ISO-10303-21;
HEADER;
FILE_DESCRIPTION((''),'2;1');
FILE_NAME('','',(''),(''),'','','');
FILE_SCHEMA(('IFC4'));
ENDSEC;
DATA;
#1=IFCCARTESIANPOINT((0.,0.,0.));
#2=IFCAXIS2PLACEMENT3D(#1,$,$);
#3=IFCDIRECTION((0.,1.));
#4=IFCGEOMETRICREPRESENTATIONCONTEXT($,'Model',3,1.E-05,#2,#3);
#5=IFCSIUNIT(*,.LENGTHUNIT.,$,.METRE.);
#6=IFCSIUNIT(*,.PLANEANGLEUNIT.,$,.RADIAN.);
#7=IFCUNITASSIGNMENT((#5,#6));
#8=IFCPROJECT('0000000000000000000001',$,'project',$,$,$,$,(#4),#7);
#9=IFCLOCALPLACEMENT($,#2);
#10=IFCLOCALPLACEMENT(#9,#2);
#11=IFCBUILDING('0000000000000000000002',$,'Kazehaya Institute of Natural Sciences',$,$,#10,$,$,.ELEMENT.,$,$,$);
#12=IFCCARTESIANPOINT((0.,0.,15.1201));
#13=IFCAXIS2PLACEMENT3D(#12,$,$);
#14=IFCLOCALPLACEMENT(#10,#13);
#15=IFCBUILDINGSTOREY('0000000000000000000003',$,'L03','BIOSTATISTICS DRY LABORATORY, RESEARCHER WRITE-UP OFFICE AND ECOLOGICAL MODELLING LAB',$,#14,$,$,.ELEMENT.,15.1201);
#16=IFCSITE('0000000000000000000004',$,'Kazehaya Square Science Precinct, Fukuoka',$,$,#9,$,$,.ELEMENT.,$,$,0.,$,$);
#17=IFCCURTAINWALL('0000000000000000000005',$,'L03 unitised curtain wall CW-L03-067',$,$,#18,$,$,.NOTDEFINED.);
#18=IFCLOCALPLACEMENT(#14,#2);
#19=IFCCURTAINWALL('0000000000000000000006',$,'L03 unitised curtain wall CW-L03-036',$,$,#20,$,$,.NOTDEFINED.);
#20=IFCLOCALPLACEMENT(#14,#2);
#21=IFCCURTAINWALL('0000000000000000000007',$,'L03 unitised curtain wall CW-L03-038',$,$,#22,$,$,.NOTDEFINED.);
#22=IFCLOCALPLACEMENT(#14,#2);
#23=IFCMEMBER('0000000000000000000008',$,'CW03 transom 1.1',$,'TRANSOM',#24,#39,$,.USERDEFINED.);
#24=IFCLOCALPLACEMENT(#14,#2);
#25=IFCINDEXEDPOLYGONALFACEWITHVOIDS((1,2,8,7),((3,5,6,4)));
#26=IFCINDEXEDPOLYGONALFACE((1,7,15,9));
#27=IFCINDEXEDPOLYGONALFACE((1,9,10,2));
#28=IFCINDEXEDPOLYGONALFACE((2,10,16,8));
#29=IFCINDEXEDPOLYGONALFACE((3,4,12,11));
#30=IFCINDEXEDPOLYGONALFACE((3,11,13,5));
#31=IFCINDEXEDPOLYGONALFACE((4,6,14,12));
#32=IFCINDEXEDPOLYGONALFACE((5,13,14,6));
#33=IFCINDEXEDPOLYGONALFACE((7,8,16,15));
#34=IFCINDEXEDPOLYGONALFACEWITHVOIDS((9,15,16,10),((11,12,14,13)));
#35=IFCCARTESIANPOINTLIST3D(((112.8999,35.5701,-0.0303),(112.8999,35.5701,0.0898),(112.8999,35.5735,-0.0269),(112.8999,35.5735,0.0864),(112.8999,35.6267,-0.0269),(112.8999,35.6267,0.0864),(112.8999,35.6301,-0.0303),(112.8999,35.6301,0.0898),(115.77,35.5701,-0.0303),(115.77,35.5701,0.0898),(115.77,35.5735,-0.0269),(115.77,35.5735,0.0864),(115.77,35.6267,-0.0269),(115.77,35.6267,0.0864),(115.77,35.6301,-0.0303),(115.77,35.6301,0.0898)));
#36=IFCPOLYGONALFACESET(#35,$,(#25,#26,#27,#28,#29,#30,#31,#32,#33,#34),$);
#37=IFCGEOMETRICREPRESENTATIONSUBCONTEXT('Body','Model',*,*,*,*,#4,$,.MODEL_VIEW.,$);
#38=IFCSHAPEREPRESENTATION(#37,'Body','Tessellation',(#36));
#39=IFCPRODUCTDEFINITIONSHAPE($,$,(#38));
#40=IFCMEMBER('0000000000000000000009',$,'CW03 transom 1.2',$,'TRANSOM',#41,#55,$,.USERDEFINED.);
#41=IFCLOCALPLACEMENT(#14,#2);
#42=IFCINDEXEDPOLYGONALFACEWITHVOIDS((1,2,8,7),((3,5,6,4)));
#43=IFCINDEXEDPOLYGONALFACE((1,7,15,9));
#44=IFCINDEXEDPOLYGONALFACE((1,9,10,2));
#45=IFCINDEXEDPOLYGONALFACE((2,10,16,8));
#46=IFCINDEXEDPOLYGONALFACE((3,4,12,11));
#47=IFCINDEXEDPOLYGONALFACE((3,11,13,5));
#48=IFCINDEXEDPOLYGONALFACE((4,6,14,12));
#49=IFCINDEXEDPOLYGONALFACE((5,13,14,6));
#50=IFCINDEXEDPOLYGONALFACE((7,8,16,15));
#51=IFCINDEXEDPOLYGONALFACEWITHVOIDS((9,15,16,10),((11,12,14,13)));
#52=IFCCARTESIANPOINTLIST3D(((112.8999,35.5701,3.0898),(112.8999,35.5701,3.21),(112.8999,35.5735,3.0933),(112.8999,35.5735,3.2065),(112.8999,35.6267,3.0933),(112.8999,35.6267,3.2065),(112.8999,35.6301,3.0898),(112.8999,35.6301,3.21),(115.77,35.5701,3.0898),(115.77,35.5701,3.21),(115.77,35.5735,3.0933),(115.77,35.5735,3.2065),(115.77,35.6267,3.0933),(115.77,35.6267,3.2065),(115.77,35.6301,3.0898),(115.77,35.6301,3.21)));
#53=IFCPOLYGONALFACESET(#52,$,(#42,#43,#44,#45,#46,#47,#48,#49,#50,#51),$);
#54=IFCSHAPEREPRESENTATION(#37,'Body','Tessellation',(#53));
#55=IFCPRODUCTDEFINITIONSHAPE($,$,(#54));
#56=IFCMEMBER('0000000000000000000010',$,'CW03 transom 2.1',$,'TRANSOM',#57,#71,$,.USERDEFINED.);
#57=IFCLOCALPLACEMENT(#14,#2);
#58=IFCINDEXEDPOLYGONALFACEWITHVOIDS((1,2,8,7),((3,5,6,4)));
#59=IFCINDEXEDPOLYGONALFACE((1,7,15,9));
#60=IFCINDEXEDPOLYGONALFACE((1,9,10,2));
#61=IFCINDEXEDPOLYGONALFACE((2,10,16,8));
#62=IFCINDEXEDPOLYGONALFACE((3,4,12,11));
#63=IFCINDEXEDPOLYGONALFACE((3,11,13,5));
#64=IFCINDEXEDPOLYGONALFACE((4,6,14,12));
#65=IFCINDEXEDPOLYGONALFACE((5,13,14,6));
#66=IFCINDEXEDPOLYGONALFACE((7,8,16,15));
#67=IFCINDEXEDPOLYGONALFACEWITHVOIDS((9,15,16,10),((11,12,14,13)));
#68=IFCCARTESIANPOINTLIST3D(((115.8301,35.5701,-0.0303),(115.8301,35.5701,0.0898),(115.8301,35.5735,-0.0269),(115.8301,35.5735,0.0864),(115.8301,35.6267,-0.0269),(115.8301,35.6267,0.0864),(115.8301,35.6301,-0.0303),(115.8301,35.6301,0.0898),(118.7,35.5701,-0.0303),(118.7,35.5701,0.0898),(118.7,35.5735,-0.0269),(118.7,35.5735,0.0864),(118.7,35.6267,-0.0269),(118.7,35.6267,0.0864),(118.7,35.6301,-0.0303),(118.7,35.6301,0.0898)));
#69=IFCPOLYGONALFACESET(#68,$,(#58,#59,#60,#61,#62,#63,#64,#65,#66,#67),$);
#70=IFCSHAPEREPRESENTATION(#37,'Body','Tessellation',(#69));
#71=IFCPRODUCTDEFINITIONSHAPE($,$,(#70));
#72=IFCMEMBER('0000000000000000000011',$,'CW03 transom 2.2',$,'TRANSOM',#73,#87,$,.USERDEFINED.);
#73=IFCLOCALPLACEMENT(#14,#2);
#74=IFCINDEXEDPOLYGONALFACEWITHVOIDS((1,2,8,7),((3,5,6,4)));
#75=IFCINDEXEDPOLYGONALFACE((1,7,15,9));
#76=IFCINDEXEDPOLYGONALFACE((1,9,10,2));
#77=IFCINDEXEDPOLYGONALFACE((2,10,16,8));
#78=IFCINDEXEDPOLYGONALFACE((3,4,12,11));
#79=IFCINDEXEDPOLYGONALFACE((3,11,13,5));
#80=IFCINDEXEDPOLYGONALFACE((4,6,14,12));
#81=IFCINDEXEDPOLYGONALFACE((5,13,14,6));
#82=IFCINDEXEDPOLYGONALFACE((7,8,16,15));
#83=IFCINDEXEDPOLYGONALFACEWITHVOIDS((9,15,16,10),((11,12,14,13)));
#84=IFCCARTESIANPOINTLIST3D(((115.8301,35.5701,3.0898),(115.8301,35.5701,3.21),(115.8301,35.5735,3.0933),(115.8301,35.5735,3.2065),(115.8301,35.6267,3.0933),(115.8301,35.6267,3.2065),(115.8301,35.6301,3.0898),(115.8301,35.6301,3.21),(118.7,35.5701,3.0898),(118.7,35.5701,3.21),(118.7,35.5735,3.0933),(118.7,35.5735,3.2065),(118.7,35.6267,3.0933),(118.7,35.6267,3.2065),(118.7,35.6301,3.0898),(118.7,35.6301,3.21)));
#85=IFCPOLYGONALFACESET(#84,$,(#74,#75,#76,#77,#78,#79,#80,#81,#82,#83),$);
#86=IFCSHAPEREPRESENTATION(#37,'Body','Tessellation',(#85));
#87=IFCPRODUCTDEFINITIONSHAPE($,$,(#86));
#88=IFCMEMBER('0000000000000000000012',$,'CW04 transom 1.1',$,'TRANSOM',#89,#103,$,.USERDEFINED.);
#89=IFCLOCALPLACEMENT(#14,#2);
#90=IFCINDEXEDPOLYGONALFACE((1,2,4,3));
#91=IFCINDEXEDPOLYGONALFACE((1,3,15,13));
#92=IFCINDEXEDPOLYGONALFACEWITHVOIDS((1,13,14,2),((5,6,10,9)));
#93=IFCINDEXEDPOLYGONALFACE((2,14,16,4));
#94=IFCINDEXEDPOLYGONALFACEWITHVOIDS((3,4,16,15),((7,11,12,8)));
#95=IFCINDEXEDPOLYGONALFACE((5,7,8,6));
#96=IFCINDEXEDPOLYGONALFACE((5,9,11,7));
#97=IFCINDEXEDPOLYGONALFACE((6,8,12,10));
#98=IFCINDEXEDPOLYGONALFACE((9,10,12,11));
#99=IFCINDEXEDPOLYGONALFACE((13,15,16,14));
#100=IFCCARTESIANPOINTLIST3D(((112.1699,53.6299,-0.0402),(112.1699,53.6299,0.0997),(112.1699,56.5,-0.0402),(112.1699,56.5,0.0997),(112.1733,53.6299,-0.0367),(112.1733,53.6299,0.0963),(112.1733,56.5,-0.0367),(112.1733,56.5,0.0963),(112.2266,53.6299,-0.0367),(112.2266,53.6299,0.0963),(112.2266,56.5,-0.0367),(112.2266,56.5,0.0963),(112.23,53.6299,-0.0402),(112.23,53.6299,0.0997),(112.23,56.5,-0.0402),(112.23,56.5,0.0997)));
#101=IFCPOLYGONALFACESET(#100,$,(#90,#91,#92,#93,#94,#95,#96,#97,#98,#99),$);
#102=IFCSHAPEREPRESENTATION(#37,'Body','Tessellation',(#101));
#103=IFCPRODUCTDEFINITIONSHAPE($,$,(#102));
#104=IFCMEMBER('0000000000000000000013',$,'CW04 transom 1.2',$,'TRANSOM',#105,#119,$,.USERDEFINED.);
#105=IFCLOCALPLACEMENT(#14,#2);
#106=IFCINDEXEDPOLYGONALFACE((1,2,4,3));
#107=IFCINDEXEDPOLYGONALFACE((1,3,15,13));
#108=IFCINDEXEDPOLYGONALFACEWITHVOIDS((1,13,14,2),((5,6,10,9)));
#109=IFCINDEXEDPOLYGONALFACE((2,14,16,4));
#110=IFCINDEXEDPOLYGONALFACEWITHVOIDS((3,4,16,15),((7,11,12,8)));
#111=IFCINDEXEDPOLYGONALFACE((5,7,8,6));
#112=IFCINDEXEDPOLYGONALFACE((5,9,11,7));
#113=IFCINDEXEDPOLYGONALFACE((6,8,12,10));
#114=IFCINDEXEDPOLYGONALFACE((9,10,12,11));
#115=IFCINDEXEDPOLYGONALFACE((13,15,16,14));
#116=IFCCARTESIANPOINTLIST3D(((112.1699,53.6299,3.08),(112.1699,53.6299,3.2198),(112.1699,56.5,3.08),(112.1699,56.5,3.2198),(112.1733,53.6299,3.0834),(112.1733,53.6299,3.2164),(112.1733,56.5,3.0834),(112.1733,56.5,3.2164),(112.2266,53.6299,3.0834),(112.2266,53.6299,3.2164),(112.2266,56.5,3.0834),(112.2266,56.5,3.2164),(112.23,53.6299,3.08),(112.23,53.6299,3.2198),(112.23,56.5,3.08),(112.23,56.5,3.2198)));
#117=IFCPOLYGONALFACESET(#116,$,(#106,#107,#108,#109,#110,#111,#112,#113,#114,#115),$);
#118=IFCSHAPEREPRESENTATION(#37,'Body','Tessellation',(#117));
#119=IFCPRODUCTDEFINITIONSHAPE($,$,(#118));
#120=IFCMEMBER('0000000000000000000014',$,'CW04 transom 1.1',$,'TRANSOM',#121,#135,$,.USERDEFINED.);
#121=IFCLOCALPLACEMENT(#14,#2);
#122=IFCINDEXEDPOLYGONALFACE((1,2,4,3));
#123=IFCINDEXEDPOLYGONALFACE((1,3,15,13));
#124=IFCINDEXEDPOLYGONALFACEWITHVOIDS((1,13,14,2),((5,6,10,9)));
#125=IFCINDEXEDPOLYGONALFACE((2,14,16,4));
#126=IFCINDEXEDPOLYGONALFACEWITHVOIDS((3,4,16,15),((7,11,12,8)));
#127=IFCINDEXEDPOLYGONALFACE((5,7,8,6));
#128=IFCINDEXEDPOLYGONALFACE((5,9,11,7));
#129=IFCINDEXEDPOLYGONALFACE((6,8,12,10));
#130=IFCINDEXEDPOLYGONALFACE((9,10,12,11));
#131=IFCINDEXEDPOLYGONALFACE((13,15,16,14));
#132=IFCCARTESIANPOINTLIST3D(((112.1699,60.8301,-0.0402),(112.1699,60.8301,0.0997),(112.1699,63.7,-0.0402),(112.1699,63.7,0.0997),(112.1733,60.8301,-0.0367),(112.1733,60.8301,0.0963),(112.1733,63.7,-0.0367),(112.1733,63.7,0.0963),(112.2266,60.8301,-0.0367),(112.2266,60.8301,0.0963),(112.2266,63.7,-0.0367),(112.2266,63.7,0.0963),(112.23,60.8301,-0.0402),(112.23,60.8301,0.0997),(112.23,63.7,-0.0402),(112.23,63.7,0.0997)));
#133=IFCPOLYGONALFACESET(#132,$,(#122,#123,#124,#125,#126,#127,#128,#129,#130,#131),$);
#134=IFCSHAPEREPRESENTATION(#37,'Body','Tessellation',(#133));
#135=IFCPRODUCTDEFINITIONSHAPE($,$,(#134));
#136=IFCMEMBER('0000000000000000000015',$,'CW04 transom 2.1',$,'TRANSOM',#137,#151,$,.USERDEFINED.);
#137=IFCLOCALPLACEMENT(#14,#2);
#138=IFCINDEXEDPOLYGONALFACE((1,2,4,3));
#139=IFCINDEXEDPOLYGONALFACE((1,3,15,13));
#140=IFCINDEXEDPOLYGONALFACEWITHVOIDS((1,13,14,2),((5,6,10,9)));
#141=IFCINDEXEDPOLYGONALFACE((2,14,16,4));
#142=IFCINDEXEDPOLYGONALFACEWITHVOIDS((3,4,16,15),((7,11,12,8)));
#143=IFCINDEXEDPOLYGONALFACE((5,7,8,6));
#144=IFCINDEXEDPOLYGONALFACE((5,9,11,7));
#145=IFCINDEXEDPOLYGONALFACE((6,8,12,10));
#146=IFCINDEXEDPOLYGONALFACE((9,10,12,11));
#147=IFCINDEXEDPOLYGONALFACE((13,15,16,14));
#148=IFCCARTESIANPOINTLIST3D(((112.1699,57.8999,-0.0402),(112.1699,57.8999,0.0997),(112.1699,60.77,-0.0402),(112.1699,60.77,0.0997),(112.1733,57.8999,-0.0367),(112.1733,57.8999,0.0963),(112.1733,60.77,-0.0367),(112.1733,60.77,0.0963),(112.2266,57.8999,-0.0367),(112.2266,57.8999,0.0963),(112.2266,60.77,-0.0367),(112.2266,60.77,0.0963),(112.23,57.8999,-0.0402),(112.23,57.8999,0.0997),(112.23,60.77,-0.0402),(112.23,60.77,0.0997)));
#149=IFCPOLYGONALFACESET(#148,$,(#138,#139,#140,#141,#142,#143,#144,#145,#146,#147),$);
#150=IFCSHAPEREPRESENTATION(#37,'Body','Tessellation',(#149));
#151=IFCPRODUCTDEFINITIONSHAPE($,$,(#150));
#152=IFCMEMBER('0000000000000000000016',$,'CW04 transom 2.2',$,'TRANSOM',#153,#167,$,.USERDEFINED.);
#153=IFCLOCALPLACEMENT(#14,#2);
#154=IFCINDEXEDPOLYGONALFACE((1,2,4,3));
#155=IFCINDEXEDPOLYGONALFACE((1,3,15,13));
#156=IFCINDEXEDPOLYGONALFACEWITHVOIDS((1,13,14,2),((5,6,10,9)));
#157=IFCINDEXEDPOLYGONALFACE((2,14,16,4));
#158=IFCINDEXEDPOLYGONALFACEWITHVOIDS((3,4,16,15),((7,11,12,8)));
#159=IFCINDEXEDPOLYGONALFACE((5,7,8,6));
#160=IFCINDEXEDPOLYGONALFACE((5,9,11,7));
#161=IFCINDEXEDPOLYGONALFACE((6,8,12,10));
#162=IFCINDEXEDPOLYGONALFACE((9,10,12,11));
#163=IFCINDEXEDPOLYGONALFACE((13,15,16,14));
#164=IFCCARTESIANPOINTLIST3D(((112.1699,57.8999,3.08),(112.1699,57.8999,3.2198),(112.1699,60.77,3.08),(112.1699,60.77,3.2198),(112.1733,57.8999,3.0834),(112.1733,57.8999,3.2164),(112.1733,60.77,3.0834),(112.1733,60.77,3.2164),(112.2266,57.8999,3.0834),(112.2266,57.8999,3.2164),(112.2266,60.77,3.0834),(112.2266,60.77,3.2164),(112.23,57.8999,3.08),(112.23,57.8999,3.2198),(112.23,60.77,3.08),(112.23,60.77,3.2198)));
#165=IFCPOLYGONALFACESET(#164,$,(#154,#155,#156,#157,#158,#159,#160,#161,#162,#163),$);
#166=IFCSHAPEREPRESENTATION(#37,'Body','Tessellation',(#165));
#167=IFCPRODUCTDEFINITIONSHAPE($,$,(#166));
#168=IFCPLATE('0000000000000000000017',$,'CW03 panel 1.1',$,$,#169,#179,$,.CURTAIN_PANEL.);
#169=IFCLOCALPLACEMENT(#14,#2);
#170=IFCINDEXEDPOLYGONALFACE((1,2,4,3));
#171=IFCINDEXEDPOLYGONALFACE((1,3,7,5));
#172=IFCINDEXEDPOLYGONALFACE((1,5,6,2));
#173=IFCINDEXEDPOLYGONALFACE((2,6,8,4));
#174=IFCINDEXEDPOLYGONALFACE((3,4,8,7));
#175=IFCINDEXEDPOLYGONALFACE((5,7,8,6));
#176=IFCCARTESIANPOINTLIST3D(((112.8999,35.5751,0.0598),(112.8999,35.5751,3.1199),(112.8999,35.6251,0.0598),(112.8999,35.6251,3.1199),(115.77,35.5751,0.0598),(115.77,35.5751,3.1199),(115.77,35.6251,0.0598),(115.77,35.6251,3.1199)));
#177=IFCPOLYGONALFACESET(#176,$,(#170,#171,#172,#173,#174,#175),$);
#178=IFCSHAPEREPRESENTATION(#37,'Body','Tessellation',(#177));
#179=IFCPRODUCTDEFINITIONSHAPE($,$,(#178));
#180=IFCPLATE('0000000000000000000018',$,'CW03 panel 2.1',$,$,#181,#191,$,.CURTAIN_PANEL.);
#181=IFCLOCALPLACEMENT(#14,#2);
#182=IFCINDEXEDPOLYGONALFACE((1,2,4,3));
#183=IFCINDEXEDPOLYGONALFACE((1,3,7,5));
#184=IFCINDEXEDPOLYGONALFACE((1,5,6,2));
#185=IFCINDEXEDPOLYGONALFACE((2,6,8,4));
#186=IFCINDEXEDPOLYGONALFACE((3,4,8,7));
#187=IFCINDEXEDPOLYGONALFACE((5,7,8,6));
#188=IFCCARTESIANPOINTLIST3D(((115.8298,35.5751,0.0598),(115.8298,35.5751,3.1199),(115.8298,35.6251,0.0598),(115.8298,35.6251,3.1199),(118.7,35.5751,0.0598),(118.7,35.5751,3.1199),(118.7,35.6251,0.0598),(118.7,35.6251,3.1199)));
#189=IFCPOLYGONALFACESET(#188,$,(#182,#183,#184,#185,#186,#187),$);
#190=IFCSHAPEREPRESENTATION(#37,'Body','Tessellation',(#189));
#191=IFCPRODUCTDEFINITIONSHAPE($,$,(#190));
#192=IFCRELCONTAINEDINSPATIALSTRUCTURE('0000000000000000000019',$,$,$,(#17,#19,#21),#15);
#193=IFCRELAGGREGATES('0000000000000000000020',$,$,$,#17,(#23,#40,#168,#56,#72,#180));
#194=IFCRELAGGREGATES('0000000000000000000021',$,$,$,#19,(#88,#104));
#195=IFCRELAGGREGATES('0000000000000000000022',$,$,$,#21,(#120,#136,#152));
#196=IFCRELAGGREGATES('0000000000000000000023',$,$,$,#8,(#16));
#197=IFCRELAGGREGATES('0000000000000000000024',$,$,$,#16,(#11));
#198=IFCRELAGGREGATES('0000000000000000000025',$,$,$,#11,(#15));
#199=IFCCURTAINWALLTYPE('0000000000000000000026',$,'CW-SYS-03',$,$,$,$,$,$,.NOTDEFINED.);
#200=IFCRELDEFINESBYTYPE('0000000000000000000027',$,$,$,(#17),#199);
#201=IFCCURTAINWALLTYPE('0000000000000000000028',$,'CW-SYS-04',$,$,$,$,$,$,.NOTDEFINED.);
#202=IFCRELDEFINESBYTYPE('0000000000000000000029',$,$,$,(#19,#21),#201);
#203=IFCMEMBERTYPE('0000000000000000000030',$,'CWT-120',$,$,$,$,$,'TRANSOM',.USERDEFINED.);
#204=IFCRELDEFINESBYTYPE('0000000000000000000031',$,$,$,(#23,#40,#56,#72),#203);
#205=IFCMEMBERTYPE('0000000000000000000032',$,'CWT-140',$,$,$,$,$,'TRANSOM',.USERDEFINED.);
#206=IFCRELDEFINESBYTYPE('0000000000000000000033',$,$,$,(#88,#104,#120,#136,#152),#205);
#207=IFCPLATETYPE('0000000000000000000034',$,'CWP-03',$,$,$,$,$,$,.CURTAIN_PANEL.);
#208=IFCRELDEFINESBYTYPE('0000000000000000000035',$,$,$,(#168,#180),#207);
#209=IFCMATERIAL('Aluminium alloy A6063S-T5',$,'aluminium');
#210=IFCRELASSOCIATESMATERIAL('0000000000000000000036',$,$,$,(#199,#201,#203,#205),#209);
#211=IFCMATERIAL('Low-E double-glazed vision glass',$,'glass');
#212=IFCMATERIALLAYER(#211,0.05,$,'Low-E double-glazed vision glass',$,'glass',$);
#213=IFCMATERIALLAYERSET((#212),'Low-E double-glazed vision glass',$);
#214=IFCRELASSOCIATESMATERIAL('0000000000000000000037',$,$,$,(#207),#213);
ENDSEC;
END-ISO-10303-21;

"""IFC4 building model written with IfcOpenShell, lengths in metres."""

from ifc_helpers import new_model, si_unit, direction, frame, origin, origin_2d, place, context, subcontext, project, spatial, rectangle, hollow_rectangle, extrude, material, layer, layer_set, material_profile, profile_set, type_object, element, aggregate, save


model = new_model("IFC4")

# Units and contexts
model_context = context("Model", 3, precision=1e-05, world=origin(), true_north=direction((0.0, 1.0)))
body_context = subcontext(model_context, "Body", "Model", "MODEL_VIEW")
ifc_project = project(units=[si_unit("LENGTHUNIT", "METRE"), si_unit("PLANEANGLEUNIT", "RADIAN")], contexts=[model_context])

# Site, building, storey
site_placement = place(None, origin())
site = spatial("IfcSite", under=ifc_project, at=site_placement, Name="Kazehaya Square Science Precinct, Fukuoka", CompositionType="ELEMENT", RefElevation=0.0)
building_placement = place(site_placement, origin())
building = spatial("IfcBuilding", under=site, at=building_placement, Name="Kazehaya Institute of Natural Sciences", CompositionType="ELEMENT")
storey_placement = place(building_placement, frame((0.0, 0.0, 15.1201)))
storey = spatial("IfcBuildingStorey", under=building, at=storey_placement, Name="L03", Description="BIOSTATISTICS DRY LABORATORY, RESEARCHER WRITE-UP OFFICE AND ECOLOGICAL MODELLING LAB", CompositionType="ELEMENT", Elevation=15.1201)

# Curtain walls
ifc_material_1 = material(Name="Aluminium alloy A6063S-T5", Category="aluminium")
curtain_wall_type_1 = type_object("IfcCurtainWallType", Name="CW-SYS-03", PredefinedType="NOTDEFINED", material=ifc_material_1)
curtain_wall_1_placement = place(storey_placement, origin())
curtain_wall_1 = element("IfcCurtainWall", 1, at=curtain_wall_1_placement, inside=storey, type_object=curtain_wall_type_1, Name="L03 unitised curtain wall CW-L03-067", PredefinedType="NOTDEFINED")
curtain_wall_type_2 = type_object("IfcCurtainWallType", Name="CW-SYS-04", PredefinedType="NOTDEFINED", material=ifc_material_1)
curtain_wall_2_placement = place(storey_placement, origin())
curtain_wall_2 = element("IfcCurtainWall", 2, at=curtain_wall_2_placement, inside=storey, type_object=curtain_wall_type_2, Name="L03 unitised curtain wall CW-L03-036", PredefinedType="NOTDEFINED")
curtain_wall_3_placement = place(storey_placement, origin())
curtain_wall_3 = element("IfcCurtainWall", 3, at=curtain_wall_3_placement, inside=storey, type_object=curtain_wall_type_2, Name="L03 unitised curtain wall CW-L03-038", PredefinedType="NOTDEFINED")

# Members
ifc_material_profile_1 = material_profile(ifc_material_1, hollow_rectangle(XDim=0.0601, YDim=0.1201, WallThickness=0.0034, at=origin_2d()), Name="ALU-60x120x3.5")
ifc_profile_set_1 = profile_set([ifc_material_profile_1], Name="Aluminium alloy A6063S-T5")
member_type_1 = type_object("IfcMemberType", Name="CWT-120", ElementType="TRANSOM", PredefinedType="USERDEFINED", material=ifc_profile_set_1)
member_1_placement = place(storey_placement, frame((112.8999, 35.6001, 0.0298), z_axis=(1.0, 0.0, 0.0), x_axis=(0.0, 1.0, 0.0)))
member_1 = element("IfcMember", 4, at=member_1_placement, type_object=member_type_1, Name="CW03 transom 1.1", ObjectType="TRANSOM", PredefinedType="USERDEFINED", context=body_context, shape_type="SweptSolid", body=[
    extrude(hollow_rectangle(XDim=0.0601, YDim=0.1201, WallThickness=0.0034, at=origin_2d()), origin(), (0.0, 0.0, 1.0), 2.8701),
])
member_2_placement = place(storey_placement, frame((112.8999, 35.6001, 3.1499), z_axis=(1.0, 0.0, 0.0), x_axis=(0.0, 1.0, 0.0)))
member_2 = element("IfcMember", 5, at=member_2_placement, type_object=member_type_1, Name="CW03 transom 1.2", ObjectType="TRANSOM", PredefinedType="USERDEFINED", context=body_context, shape_type="SweptSolid", body=[
    extrude(hollow_rectangle(XDim=0.0601, YDim=0.1201, WallThickness=0.0034, at=origin_2d()), origin(), (0.0, 0.0, 1.0), 2.8701),
])
member_3_placement = place(storey_placement, frame((115.8301, 35.6001, 0.0298), z_axis=(1.0, 0.0, 0.0), x_axis=(0.0, 1.0, 0.0)))
member_3 = element("IfcMember", 6, at=member_3_placement, type_object=member_type_1, Name="CW03 transom 2.1", ObjectType="TRANSOM", PredefinedType="USERDEFINED", context=body_context, shape_type="SweptSolid", body=[
    extrude(hollow_rectangle(XDim=0.0601, YDim=0.1201, WallThickness=0.0034, at=origin_2d()), origin(), (0.0, 0.0, 1.0), 2.8699),
])
member_4_placement = place(storey_placement, frame((115.8301, 35.6001, 3.1499), z_axis=(1.0, 0.0, 0.0), x_axis=(0.0, 1.0, 0.0)))
member_4 = element("IfcMember", 7, at=member_4_placement, type_object=member_type_1, Name="CW03 transom 2.2", ObjectType="TRANSOM", PredefinedType="USERDEFINED", context=body_context, shape_type="SweptSolid", body=[
    extrude(hollow_rectangle(XDim=0.0601, YDim=0.1201, WallThickness=0.0034, at=origin_2d()), origin(), (0.0, 0.0, 1.0), 2.8699),
])
ifc_material_profile_2 = material_profile(ifc_material_1, hollow_rectangle(XDim=0.0601, YDim=0.1399, WallThickness=0.0034, at=origin_2d()), Name="ALU-60x140x3.5")
ifc_profile_set_2 = profile_set([ifc_material_profile_2], Name="Aluminium alloy A6063S-T5")
member_type_2 = type_object("IfcMemberType", Name="CWT-140", ElementType="TRANSOM", PredefinedType="USERDEFINED", material=ifc_profile_set_2)
member_5_placement = place(storey_placement, frame((112.2, 56.5, 0.0298), z_axis=(0.0, -1.0, 0.0), x_axis=(1.0, 0.0, 0.0)))
member_5 = element("IfcMember", 8, at=member_5_placement, type_object=member_type_2, Name="CW04 transom 1.1", ObjectType="TRANSOM", PredefinedType="USERDEFINED", context=body_context, shape_type="SweptSolid", body=[
    extrude(hollow_rectangle(XDim=0.0601, YDim=0.1399, WallThickness=0.0034, at=origin_2d()), origin(), (0.0, 0.0, 1.0), 2.8701),
])
member_6_placement = place(storey_placement, frame((112.2, 56.5, 3.1499), z_axis=(0.0, -1.0, 0.0), x_axis=(1.0, 0.0, 0.0)))
member_6 = element("IfcMember", 9, at=member_6_placement, type_object=member_type_2, Name="CW04 transom 1.2", ObjectType="TRANSOM", PredefinedType="USERDEFINED", context=body_context, shape_type="SweptSolid", body=[
    extrude(hollow_rectangle(XDim=0.0601, YDim=0.1399, WallThickness=0.0034, at=origin_2d()), origin(), (0.0, 0.0, 1.0), 2.8701),
])
member_7_placement = place(storey_placement, frame((112.2, 63.7, 0.0298), z_axis=(0.0, -1.0, 0.0), x_axis=(1.0, 0.0, 0.0)))
member_7 = element("IfcMember", 10, at=member_7_placement, type_object=member_type_2, Name="CW04 transom 1.1", ObjectType="TRANSOM", PredefinedType="USERDEFINED", context=body_context, shape_type="SweptSolid", body=[
    extrude(hollow_rectangle(XDim=0.0601, YDim=0.1399, WallThickness=0.0034, at=origin_2d()), origin(), (0.0, 0.0, 1.0), 2.8699),
])
member_8_placement = place(storey_placement, frame((112.2, 60.77, 0.0298), z_axis=(0.0, -1.0, 0.0), x_axis=(1.0, 0.0, 0.0)))
member_8 = element("IfcMember", 11, at=member_8_placement, type_object=member_type_2, Name="CW04 transom 2.1", ObjectType="TRANSOM", PredefinedType="USERDEFINED", context=body_context, shape_type="SweptSolid", body=[
    extrude(hollow_rectangle(XDim=0.0601, YDim=0.1399, WallThickness=0.0034, at=origin_2d()), origin(), (0.0, 0.0, 1.0), 2.8701),
])
member_9_placement = place(storey_placement, frame((112.2, 60.77, 3.1499), z_axis=(0.0, -1.0, 0.0), x_axis=(1.0, 0.0, 0.0)))
member_9 = element("IfcMember", 12, at=member_9_placement, type_object=member_type_2, Name="CW04 transom 2.2", ObjectType="TRANSOM", PredefinedType="USERDEFINED", context=body_context, shape_type="SweptSolid", body=[
    extrude(hollow_rectangle(XDim=0.0601, YDim=0.1399, WallThickness=0.0034, at=origin_2d()), origin(), (0.0, 0.0, 1.0), 2.8701),
])

# Plates
ifc_material_2 = material(Name="Low-E double-glazed vision glass", Category="glass")
ifc_layer_1 = layer(ifc_material_2, 0.05, Name="Low-E double-glazed vision glass", Category="glass")
ifc_layer_set_1 = layer_set([ifc_layer_1], Name="Low-E double-glazed vision glass")
plate_type_1 = type_object("IfcPlateType", Name="CWP-03", PredefinedType="CURTAIN_PANEL", material=ifc_layer_set_1)
plate_1_placement = place(storey_placement, frame((114.335, 35.6001, 0.0598), z_axis=(0.0, 0.0, 1.0), x_axis=(1.0, 0.0, 0.0)))
plate_1 = element("IfcPlate", 13, at=plate_1_placement, type_object=plate_type_1, Name="CW03 panel 1.1", PredefinedType="CURTAIN_PANEL", context=body_context, shape_type="SweptSolid", body=[
    extrude(rectangle(XDim=2.8701, YDim=0.05, at=origin_2d()), origin(), (0.0, 0.0, 1.0), 3.0601),
])
plate_2_placement = place(storey_placement, frame((117.2649, 35.6001, 0.0598), z_axis=(0.0, 0.0, 1.0), x_axis=(1.0, 0.0, 0.0)))
plate_2 = element("IfcPlate", 14, at=plate_2_placement, type_object=plate_type_1, Name="CW03 panel 2.1", PredefinedType="CURTAIN_PANEL", context=body_context, shape_type="SweptSolid", body=[
    extrude(rectangle(XDim=2.8701, YDim=0.05, at=origin_2d()), origin(), (0.0, 0.0, 1.0), 3.0601),
])
aggregate(curtain_wall_1, [member_1, member_2, plate_1, member_3, member_4, plate_2])
aggregate(curtain_wall_2, [member_5, member_6])
aggregate(curtain_wall_3, [member_7, member_8, member_9])

save(model, "model.ifc")
